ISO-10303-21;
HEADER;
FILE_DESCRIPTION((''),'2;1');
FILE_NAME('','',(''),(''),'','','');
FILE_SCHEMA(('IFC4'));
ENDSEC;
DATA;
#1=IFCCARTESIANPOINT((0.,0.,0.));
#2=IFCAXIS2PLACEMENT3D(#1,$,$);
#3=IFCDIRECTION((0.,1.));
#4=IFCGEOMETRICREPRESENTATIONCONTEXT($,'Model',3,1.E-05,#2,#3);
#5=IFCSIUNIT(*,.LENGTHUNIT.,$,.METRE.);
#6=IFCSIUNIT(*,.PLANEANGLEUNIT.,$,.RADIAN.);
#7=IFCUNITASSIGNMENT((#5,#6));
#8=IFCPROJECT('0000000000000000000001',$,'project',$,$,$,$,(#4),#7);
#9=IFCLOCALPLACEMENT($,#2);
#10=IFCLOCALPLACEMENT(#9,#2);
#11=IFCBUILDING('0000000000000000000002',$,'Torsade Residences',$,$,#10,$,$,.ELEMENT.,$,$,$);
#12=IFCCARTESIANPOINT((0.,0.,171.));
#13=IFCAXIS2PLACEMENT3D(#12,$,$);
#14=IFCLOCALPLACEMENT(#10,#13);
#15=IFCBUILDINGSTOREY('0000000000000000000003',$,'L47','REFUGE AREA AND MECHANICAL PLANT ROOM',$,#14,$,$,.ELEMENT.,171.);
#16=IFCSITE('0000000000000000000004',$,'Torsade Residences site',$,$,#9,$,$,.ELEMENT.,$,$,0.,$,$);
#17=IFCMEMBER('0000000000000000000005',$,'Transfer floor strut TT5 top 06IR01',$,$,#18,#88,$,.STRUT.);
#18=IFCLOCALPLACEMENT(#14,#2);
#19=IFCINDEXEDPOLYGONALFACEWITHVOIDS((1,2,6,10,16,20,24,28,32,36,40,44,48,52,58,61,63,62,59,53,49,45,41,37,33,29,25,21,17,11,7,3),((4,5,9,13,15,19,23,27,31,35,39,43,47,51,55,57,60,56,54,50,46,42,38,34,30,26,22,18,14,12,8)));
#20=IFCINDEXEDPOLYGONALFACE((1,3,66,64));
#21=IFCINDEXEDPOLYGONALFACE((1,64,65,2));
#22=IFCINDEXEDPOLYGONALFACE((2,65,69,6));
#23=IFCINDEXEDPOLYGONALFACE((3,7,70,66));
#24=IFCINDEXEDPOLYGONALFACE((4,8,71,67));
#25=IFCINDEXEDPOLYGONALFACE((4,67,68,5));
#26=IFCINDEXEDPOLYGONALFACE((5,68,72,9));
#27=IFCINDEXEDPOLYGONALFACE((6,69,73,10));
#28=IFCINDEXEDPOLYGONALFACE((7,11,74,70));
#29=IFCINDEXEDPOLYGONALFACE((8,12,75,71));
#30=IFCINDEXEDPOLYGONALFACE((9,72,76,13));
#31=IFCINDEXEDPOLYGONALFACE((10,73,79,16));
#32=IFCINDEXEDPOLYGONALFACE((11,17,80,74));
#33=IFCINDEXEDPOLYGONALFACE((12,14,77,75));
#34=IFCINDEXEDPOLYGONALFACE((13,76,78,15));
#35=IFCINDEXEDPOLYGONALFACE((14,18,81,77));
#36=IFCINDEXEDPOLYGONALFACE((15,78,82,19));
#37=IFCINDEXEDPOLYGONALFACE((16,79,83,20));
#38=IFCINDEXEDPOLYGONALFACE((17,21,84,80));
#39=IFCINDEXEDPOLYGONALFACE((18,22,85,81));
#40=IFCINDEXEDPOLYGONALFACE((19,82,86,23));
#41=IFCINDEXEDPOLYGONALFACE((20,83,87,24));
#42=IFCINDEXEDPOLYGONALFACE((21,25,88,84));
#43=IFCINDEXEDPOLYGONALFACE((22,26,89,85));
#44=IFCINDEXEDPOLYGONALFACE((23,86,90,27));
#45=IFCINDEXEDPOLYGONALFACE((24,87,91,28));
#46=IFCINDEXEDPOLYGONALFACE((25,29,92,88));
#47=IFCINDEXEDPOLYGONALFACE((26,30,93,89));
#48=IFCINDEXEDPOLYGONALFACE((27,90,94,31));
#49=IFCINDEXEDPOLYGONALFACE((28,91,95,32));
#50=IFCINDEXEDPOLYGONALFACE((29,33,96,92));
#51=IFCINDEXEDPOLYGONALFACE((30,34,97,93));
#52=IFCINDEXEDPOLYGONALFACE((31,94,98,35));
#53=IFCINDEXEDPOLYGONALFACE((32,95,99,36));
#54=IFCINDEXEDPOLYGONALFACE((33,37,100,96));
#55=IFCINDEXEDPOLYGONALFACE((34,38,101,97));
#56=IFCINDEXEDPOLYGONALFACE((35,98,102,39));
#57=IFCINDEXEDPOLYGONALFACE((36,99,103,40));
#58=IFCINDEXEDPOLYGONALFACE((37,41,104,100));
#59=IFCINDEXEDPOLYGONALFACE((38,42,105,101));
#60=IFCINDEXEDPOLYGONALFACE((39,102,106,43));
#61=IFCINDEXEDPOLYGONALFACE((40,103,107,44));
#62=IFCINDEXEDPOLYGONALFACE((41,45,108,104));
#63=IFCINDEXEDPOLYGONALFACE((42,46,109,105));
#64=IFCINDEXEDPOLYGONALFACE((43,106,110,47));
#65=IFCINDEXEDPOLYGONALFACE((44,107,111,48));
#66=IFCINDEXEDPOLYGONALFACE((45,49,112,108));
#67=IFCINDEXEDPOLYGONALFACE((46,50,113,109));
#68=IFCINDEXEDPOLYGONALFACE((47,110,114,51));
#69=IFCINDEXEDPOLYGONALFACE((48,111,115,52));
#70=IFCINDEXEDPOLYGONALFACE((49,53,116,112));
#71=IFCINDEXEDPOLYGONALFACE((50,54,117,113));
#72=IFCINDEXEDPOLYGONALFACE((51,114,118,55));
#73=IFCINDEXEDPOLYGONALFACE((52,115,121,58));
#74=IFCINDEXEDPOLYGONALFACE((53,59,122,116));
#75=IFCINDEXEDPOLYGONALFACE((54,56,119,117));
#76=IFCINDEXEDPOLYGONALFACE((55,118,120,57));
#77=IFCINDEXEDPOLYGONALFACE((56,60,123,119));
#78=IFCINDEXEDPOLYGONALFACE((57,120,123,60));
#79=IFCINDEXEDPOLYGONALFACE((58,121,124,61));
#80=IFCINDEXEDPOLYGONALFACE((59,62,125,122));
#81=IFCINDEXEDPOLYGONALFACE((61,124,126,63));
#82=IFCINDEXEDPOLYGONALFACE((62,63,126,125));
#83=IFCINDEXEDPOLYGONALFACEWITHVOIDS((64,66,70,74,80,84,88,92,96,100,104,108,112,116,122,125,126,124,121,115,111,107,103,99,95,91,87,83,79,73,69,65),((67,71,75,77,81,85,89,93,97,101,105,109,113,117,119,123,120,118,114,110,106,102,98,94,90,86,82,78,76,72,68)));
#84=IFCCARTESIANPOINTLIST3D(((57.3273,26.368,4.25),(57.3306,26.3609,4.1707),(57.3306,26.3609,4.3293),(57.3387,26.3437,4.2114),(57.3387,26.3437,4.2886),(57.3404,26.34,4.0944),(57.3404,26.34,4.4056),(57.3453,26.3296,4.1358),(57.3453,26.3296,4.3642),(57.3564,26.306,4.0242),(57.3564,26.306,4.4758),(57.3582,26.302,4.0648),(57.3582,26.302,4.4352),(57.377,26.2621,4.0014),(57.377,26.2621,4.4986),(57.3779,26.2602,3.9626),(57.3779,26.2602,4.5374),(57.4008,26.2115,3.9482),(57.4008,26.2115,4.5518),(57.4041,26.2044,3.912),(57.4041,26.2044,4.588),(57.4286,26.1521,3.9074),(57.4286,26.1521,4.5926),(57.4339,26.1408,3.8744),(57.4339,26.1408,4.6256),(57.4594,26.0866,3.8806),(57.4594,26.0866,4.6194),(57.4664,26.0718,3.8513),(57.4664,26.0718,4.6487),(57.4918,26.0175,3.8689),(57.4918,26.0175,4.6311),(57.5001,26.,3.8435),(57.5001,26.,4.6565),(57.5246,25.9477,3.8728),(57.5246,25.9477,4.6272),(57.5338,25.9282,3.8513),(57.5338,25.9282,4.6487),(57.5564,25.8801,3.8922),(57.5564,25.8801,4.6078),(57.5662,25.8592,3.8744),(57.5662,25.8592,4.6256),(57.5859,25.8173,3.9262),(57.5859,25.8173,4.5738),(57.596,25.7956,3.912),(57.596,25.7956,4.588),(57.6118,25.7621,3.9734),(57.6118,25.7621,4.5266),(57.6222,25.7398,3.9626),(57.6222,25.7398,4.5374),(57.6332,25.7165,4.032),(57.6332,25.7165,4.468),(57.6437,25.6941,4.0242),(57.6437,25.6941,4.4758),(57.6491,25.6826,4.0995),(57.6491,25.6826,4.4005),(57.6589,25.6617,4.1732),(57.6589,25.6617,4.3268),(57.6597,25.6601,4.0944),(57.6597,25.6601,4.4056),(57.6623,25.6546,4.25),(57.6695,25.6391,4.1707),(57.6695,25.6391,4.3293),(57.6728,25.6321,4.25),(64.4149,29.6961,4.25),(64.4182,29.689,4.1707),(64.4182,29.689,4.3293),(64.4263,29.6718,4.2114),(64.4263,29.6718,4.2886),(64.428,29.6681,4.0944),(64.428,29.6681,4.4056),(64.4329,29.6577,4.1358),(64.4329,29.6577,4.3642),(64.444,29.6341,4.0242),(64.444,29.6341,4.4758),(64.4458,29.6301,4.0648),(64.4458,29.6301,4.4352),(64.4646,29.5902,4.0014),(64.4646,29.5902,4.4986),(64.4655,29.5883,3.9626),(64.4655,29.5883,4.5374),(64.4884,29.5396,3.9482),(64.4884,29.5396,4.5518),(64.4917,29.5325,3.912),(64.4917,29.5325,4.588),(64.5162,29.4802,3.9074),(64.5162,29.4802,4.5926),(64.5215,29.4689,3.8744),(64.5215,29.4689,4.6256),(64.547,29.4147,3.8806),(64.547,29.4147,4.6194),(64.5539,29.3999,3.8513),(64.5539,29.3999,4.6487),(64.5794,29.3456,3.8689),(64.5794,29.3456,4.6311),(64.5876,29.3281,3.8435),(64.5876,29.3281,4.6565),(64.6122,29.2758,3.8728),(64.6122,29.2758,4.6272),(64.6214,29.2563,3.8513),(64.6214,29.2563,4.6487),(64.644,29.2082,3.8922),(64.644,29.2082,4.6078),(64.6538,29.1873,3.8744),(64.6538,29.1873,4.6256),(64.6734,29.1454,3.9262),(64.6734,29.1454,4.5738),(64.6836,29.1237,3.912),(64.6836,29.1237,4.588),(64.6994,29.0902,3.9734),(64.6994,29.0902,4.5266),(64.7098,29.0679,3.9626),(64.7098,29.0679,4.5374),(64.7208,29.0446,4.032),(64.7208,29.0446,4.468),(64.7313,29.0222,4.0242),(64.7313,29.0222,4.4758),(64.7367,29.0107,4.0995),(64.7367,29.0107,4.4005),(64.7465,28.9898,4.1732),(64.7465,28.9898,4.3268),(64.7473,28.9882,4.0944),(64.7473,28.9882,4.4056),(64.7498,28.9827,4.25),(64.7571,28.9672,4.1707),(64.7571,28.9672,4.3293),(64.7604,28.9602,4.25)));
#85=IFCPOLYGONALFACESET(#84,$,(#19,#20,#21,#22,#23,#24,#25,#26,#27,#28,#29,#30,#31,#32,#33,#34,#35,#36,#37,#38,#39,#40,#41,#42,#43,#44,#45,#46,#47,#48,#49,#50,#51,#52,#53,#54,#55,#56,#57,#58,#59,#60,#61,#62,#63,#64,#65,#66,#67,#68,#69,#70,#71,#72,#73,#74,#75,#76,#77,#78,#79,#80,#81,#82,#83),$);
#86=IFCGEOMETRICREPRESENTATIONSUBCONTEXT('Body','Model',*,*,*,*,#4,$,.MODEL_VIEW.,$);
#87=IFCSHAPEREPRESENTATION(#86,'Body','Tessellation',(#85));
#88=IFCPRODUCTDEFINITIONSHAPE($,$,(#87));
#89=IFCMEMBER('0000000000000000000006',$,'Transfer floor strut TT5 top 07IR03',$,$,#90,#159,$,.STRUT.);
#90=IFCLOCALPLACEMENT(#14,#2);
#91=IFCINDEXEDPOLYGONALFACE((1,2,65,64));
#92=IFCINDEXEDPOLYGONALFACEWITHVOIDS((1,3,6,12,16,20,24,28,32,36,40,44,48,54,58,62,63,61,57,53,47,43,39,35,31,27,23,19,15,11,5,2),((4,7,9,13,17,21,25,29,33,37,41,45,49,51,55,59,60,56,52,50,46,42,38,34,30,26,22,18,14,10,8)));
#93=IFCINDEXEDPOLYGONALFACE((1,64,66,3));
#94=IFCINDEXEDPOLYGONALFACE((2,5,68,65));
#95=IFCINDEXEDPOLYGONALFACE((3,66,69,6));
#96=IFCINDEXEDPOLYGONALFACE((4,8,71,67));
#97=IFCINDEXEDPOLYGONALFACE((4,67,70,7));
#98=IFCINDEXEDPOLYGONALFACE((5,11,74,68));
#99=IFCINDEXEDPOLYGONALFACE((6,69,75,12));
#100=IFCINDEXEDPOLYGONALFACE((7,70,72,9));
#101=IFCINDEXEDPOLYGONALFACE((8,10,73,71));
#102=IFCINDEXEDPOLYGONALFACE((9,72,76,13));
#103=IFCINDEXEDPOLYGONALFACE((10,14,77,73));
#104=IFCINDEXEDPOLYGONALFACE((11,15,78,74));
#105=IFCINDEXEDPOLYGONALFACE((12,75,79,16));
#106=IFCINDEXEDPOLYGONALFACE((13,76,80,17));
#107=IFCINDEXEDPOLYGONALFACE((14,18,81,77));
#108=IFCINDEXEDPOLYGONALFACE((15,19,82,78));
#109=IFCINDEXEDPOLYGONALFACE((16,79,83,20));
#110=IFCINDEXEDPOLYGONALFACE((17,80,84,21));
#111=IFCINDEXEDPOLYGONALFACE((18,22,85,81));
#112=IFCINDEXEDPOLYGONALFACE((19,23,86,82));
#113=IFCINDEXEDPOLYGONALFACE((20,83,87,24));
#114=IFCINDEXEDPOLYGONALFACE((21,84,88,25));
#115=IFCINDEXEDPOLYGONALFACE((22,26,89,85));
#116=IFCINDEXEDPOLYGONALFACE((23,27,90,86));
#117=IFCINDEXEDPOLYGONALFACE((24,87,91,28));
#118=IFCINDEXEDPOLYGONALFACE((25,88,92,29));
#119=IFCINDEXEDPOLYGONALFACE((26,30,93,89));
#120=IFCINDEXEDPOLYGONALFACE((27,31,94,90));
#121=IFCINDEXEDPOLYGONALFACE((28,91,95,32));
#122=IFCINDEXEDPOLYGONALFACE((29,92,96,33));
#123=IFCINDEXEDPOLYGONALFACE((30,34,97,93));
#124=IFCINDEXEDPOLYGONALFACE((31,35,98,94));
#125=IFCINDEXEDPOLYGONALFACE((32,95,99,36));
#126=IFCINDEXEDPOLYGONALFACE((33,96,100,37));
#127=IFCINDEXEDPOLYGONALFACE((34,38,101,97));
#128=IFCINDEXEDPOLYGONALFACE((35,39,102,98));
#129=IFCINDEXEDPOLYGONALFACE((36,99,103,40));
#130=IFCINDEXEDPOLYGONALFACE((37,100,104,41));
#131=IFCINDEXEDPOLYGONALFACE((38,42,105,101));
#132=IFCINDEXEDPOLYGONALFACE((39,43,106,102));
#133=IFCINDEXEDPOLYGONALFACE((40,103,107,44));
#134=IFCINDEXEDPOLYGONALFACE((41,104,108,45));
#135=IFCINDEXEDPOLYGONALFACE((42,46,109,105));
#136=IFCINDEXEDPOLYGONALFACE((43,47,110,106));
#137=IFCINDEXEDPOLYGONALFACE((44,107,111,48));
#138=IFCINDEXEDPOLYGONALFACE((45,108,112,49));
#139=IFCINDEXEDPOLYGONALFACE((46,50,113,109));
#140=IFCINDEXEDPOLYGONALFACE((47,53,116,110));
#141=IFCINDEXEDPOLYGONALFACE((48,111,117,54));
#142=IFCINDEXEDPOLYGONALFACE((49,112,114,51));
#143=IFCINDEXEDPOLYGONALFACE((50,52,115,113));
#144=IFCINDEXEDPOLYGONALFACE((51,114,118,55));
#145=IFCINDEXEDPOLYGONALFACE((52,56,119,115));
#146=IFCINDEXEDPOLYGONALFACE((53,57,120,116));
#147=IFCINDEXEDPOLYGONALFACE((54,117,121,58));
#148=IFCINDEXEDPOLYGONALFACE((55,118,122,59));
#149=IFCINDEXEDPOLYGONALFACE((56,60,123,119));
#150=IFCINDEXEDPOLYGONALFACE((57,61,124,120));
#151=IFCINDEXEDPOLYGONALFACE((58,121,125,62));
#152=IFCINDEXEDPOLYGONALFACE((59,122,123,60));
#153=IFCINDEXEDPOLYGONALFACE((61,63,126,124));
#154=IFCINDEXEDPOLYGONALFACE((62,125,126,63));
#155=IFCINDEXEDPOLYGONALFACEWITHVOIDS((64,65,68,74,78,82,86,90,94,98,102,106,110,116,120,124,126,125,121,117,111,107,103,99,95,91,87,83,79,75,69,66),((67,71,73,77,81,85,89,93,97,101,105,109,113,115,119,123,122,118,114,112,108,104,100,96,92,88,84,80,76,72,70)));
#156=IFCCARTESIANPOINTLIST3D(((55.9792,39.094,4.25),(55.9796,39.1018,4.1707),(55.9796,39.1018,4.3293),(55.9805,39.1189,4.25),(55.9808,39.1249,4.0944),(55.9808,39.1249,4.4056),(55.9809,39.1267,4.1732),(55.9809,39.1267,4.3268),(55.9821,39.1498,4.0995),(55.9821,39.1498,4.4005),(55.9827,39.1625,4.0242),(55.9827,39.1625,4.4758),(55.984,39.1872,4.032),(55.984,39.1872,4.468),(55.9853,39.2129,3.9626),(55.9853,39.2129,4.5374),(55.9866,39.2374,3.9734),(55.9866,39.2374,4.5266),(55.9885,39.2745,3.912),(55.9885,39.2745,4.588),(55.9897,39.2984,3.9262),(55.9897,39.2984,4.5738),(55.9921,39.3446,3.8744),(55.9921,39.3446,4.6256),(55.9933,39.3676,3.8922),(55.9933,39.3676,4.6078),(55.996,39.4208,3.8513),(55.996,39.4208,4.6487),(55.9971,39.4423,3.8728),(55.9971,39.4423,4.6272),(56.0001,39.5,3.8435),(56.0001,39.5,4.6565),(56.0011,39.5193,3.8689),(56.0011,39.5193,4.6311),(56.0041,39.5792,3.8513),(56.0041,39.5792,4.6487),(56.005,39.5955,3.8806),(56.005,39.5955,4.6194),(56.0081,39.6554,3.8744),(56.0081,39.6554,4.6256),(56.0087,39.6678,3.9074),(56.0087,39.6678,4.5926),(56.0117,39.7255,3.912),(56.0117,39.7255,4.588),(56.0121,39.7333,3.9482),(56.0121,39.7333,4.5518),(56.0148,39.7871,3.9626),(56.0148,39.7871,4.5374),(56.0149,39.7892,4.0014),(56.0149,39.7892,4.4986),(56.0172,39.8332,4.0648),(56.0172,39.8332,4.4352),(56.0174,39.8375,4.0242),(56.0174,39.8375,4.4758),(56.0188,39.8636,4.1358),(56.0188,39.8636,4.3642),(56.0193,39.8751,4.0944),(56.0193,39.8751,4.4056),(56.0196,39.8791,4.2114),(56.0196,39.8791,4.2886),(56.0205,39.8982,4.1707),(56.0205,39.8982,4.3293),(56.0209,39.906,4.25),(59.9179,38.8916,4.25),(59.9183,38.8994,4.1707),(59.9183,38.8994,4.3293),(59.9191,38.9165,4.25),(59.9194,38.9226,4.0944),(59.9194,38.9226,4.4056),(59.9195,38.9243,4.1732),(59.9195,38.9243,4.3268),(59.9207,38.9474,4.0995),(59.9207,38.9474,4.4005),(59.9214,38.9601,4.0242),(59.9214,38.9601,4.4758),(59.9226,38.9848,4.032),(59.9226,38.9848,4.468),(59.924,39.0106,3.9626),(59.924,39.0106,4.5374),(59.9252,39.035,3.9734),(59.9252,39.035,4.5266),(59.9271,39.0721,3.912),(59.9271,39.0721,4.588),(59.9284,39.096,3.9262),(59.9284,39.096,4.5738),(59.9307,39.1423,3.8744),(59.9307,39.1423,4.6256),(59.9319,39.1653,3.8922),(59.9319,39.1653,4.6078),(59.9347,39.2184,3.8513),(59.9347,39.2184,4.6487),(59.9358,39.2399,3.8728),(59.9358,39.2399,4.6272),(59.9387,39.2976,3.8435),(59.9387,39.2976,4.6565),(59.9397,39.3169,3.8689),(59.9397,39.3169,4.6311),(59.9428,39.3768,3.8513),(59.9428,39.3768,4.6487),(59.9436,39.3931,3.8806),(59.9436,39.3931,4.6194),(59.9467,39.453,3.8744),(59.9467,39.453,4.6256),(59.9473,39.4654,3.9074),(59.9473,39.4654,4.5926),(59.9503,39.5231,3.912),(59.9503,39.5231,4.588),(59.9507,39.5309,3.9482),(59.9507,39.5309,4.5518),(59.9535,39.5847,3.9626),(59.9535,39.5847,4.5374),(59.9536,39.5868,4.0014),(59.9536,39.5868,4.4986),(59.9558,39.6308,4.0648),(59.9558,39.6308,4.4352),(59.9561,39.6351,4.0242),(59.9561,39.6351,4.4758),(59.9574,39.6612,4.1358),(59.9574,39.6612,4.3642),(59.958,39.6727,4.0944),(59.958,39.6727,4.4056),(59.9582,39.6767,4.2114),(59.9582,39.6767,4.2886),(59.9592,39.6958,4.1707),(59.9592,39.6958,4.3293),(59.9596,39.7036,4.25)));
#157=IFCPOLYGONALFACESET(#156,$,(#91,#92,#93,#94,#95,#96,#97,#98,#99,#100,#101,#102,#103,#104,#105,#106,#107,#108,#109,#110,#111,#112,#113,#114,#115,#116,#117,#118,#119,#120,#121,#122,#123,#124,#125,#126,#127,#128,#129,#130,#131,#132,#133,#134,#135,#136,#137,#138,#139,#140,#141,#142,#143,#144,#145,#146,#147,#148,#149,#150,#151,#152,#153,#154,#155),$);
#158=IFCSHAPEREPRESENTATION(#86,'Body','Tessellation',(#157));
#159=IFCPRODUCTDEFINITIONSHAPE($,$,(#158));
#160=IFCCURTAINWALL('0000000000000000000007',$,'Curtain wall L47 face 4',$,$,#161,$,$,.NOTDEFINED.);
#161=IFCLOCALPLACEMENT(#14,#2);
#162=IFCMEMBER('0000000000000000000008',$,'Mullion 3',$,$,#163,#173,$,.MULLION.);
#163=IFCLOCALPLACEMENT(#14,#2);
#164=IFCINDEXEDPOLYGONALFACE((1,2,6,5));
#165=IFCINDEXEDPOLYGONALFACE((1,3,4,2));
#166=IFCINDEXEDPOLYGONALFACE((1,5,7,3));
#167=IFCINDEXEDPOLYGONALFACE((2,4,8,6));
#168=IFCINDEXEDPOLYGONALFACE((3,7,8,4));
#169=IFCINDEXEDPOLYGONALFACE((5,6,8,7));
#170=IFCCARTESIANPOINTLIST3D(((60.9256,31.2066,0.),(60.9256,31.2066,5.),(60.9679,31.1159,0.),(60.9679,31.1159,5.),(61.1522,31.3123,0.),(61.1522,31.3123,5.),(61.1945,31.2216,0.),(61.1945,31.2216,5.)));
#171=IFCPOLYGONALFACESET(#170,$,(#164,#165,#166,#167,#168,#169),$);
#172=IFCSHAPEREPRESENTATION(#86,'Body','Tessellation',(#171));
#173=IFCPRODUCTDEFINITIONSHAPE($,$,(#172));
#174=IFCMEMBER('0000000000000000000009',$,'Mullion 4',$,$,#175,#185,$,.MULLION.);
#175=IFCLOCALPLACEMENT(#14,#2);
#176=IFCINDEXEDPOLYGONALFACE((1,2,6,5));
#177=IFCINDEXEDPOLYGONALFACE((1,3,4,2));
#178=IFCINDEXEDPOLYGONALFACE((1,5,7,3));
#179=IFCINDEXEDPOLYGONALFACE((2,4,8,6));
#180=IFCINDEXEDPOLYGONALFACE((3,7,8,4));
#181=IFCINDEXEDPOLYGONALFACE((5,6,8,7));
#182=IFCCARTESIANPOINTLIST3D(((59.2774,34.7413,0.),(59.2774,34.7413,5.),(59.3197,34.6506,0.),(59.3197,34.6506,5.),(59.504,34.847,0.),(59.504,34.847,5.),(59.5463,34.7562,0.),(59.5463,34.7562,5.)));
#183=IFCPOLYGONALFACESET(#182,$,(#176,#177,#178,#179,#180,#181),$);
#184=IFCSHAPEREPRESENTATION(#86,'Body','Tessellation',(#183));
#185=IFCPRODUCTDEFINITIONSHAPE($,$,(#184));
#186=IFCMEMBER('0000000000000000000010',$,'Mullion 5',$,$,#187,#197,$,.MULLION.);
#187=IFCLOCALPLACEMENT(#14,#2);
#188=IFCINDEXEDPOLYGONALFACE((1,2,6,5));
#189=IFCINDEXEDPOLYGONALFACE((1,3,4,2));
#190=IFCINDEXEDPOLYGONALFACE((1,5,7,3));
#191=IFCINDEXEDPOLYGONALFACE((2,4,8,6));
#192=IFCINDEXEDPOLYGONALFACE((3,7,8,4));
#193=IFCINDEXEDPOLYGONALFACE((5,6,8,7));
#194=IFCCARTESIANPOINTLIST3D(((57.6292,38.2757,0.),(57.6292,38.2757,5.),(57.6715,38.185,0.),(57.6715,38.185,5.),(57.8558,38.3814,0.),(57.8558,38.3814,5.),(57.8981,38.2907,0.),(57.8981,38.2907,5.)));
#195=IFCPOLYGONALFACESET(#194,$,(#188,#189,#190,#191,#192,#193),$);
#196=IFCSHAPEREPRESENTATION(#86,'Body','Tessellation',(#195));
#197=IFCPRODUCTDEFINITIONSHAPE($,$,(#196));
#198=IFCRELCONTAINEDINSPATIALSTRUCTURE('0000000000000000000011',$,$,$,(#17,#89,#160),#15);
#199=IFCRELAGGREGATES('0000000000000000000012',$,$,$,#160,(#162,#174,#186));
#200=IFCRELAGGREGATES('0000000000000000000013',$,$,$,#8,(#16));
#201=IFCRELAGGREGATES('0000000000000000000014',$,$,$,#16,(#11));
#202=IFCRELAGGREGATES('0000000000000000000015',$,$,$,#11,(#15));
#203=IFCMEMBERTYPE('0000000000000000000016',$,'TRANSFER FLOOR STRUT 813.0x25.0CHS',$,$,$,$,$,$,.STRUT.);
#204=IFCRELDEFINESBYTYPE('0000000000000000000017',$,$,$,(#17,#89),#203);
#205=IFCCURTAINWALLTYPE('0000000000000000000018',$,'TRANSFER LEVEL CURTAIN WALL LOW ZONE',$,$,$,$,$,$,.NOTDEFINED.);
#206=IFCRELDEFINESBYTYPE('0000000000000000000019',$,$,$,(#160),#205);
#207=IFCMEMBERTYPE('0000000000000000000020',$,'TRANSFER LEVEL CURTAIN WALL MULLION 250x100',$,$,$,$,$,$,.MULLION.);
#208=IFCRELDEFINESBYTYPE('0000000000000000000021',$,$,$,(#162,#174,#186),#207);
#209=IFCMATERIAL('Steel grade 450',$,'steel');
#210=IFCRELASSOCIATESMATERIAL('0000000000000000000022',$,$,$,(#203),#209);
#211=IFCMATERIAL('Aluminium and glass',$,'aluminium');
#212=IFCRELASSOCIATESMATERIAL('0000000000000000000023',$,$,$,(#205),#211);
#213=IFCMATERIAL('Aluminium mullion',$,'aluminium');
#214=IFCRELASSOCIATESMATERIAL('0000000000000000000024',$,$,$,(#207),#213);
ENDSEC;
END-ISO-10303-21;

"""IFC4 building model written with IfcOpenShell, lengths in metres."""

from ifc_helpers import new_model, si_unit, direction, frame, origin, origin_2d, place, context, subcontext, project, spatial, rectangle, hollow_circle, extrude, material, material_profile, profile_set, type_object, element, aggregate, save


model = new_model("IFC4")

# Units and contexts
model_context = context("Model", 3, precision=1e-05, world=origin(), true_north=direction((0.0, 1.0)))
body_context = subcontext(model_context, "Body", "Model", "MODEL_VIEW")
ifc_project = project(units=[si_unit("LENGTHUNIT", "METRE"), si_unit("PLANEANGLEUNIT", "RADIAN")], contexts=[model_context])

# Site, building, storey
site_placement = place(None, origin())
site = spatial("IfcSite", under=ifc_project, at=site_placement, Name="Torsade Residences site", CompositionType="ELEMENT", RefElevation=0.0)
building_placement = place(site_placement, origin())
building = spatial("IfcBuilding", under=site, at=building_placement, Name="Torsade Residences", CompositionType="ELEMENT")
storey_placement = place(building_placement, frame((0.0, 0.0, 171.0)))
storey = spatial("IfcBuildingStorey", under=building, at=storey_placement, Name="L47", Description="REFUGE AREA AND MECHANICAL PLANT ROOM", CompositionType="ELEMENT", Elevation=171.0)

# Members
ifc_material_1 = material(Name="Steel grade 450", Category="steel")
ifc_material_profile_1 = material_profile(ifc_material_1, hollow_circle(Radius=0.4065, WallThickness=0.0249, at=origin_2d()), Name="813.0x25.0CHS")
ifc_profile_set_1 = profile_set([ifc_material_profile_1], Name="Steel grade 450")
member_type_1 = type_object("IfcMemberType", Name="TRANSFER FLOOR STRUT 813.0x25.0CHS", PredefinedType="STRUT", material=ifc_profile_set_1)
member_1_placement = place(storey_placement, frame((64.5876, 29.3281, 4.25), z_axis=(-0.905175, -0.42504, 0.0), x_axis=(0.42504, -0.905175, 0.0)))
element("IfcMember", 1, at=member_1_placement, inside=storey, type_object=member_type_1, Name="Transfer floor strut TT5 top 06IR01", PredefinedType="STRUT", context=body_context, shape_type="SweptSolid", body=[
    extrude(hollow_circle(Radius=0.4065, WallThickness=0.0249, at=origin_2d()), origin(), (0.0, 0.0, 1.0), 7.8301),
])
member_2_placement = place(storey_placement, frame((59.9387, 39.2976, 4.25), z_axis=(-0.998682, 0.051318, 0.0), x_axis=(-0.051318, -0.998682, 0.0)))
element("IfcMember", 2, at=member_2_placement, inside=storey, type_object=member_type_1, Name="Transfer floor strut TT5 top 07IR03", PredefinedType="STRUT", context=body_context, shape_type="SweptSolid", body=[
    extrude(hollow_circle(Radius=0.4065, WallThickness=0.0249, at=origin_2d()), origin(), (0.0, 0.0, 1.0), 3.9438),
])

# Curtain wall, members
ifc_material_2 = material(Name="Aluminium and glass", Category="aluminium")
curtain_wall_type = type_object("IfcCurtainWallType", Name="TRANSFER LEVEL CURTAIN WALL LOW ZONE", PredefinedType="NOTDEFINED", material=ifc_material_2)
curtain_wall_placement = place(storey_placement, origin())
curtain_wall = element("IfcCurtainWall", 3, at=curtain_wall_placement, inside=storey, type_object=curtain_wall_type, Name="Curtain wall L47 face 4", PredefinedType="NOTDEFINED")
ifc_material_3 = material(Name="Aluminium mullion", Category="aluminium")
ifc_material_profile_2 = material_profile(ifc_material_3, rectangle(XDim=0.25, YDim=0.1001, at=origin_2d()), Name="TRANSFER LEVEL CURTAIN WALL MULLION 250x100")
ifc_profile_set_2 = profile_set([ifc_material_profile_2], Name="Aluminium mullion")
member_type_2 = type_object("IfcMemberType", Name="TRANSFER LEVEL CURTAIN WALL MULLION 250x100", PredefinedType="MULLION", material=ifc_profile_set_2)
member_3_placement = place(storey_placement, frame((61.0601, 31.2141, 0.0), z_axis=(0.0, 0.0, 1.0), x_axis=(-0.906308, -0.422618, 0.0)))
member_3 = element("IfcMember", 4, at=member_3_placement, type_object=member_type_2, Name="Mullion 3", PredefinedType="MULLION", context=body_context, shape_type="SweptSolid", body=[
    extrude(rectangle(XDim=0.25, YDim=0.1001, at=origin_2d()), origin(), (0.0, 0.0, 1.0), 5.0),
])
member_4_placement = place(storey_placement, frame((59.4119, 34.7488, 0.0), z_axis=(0.0, 0.0, 1.0), x_axis=(-0.906308, -0.422618, 0.0)))
member_4 = element("IfcMember", 5, at=member_4_placement, type_object=member_type_2, Name="Mullion 4", PredefinedType="MULLION", context=body_context, shape_type="SweptSolid", body=[
    extrude(rectangle(XDim=0.25, YDim=0.1001, at=origin_2d()), origin(), (0.0, 0.0, 1.0), 5.0),
])
member_5_placement = place(storey_placement, frame((57.7637, 38.2832, 0.0), z_axis=(0.0, 0.0, 1.0), x_axis=(-0.906308, -0.422618, 0.0)))
member_5 = element("IfcMember", 6, at=member_5_placement, type_object=member_type_2, Name="Mullion 5", PredefinedType="MULLION", context=body_context, shape_type="SweptSolid", body=[
    extrude(rectangle(XDim=0.25, YDim=0.1001, at=origin_2d()), origin(), (0.0, 0.0, 1.0), 5.0),
])

aggregate(curtain_wall, [member_3, member_4, member_5])

save(model, "model.ifc")
